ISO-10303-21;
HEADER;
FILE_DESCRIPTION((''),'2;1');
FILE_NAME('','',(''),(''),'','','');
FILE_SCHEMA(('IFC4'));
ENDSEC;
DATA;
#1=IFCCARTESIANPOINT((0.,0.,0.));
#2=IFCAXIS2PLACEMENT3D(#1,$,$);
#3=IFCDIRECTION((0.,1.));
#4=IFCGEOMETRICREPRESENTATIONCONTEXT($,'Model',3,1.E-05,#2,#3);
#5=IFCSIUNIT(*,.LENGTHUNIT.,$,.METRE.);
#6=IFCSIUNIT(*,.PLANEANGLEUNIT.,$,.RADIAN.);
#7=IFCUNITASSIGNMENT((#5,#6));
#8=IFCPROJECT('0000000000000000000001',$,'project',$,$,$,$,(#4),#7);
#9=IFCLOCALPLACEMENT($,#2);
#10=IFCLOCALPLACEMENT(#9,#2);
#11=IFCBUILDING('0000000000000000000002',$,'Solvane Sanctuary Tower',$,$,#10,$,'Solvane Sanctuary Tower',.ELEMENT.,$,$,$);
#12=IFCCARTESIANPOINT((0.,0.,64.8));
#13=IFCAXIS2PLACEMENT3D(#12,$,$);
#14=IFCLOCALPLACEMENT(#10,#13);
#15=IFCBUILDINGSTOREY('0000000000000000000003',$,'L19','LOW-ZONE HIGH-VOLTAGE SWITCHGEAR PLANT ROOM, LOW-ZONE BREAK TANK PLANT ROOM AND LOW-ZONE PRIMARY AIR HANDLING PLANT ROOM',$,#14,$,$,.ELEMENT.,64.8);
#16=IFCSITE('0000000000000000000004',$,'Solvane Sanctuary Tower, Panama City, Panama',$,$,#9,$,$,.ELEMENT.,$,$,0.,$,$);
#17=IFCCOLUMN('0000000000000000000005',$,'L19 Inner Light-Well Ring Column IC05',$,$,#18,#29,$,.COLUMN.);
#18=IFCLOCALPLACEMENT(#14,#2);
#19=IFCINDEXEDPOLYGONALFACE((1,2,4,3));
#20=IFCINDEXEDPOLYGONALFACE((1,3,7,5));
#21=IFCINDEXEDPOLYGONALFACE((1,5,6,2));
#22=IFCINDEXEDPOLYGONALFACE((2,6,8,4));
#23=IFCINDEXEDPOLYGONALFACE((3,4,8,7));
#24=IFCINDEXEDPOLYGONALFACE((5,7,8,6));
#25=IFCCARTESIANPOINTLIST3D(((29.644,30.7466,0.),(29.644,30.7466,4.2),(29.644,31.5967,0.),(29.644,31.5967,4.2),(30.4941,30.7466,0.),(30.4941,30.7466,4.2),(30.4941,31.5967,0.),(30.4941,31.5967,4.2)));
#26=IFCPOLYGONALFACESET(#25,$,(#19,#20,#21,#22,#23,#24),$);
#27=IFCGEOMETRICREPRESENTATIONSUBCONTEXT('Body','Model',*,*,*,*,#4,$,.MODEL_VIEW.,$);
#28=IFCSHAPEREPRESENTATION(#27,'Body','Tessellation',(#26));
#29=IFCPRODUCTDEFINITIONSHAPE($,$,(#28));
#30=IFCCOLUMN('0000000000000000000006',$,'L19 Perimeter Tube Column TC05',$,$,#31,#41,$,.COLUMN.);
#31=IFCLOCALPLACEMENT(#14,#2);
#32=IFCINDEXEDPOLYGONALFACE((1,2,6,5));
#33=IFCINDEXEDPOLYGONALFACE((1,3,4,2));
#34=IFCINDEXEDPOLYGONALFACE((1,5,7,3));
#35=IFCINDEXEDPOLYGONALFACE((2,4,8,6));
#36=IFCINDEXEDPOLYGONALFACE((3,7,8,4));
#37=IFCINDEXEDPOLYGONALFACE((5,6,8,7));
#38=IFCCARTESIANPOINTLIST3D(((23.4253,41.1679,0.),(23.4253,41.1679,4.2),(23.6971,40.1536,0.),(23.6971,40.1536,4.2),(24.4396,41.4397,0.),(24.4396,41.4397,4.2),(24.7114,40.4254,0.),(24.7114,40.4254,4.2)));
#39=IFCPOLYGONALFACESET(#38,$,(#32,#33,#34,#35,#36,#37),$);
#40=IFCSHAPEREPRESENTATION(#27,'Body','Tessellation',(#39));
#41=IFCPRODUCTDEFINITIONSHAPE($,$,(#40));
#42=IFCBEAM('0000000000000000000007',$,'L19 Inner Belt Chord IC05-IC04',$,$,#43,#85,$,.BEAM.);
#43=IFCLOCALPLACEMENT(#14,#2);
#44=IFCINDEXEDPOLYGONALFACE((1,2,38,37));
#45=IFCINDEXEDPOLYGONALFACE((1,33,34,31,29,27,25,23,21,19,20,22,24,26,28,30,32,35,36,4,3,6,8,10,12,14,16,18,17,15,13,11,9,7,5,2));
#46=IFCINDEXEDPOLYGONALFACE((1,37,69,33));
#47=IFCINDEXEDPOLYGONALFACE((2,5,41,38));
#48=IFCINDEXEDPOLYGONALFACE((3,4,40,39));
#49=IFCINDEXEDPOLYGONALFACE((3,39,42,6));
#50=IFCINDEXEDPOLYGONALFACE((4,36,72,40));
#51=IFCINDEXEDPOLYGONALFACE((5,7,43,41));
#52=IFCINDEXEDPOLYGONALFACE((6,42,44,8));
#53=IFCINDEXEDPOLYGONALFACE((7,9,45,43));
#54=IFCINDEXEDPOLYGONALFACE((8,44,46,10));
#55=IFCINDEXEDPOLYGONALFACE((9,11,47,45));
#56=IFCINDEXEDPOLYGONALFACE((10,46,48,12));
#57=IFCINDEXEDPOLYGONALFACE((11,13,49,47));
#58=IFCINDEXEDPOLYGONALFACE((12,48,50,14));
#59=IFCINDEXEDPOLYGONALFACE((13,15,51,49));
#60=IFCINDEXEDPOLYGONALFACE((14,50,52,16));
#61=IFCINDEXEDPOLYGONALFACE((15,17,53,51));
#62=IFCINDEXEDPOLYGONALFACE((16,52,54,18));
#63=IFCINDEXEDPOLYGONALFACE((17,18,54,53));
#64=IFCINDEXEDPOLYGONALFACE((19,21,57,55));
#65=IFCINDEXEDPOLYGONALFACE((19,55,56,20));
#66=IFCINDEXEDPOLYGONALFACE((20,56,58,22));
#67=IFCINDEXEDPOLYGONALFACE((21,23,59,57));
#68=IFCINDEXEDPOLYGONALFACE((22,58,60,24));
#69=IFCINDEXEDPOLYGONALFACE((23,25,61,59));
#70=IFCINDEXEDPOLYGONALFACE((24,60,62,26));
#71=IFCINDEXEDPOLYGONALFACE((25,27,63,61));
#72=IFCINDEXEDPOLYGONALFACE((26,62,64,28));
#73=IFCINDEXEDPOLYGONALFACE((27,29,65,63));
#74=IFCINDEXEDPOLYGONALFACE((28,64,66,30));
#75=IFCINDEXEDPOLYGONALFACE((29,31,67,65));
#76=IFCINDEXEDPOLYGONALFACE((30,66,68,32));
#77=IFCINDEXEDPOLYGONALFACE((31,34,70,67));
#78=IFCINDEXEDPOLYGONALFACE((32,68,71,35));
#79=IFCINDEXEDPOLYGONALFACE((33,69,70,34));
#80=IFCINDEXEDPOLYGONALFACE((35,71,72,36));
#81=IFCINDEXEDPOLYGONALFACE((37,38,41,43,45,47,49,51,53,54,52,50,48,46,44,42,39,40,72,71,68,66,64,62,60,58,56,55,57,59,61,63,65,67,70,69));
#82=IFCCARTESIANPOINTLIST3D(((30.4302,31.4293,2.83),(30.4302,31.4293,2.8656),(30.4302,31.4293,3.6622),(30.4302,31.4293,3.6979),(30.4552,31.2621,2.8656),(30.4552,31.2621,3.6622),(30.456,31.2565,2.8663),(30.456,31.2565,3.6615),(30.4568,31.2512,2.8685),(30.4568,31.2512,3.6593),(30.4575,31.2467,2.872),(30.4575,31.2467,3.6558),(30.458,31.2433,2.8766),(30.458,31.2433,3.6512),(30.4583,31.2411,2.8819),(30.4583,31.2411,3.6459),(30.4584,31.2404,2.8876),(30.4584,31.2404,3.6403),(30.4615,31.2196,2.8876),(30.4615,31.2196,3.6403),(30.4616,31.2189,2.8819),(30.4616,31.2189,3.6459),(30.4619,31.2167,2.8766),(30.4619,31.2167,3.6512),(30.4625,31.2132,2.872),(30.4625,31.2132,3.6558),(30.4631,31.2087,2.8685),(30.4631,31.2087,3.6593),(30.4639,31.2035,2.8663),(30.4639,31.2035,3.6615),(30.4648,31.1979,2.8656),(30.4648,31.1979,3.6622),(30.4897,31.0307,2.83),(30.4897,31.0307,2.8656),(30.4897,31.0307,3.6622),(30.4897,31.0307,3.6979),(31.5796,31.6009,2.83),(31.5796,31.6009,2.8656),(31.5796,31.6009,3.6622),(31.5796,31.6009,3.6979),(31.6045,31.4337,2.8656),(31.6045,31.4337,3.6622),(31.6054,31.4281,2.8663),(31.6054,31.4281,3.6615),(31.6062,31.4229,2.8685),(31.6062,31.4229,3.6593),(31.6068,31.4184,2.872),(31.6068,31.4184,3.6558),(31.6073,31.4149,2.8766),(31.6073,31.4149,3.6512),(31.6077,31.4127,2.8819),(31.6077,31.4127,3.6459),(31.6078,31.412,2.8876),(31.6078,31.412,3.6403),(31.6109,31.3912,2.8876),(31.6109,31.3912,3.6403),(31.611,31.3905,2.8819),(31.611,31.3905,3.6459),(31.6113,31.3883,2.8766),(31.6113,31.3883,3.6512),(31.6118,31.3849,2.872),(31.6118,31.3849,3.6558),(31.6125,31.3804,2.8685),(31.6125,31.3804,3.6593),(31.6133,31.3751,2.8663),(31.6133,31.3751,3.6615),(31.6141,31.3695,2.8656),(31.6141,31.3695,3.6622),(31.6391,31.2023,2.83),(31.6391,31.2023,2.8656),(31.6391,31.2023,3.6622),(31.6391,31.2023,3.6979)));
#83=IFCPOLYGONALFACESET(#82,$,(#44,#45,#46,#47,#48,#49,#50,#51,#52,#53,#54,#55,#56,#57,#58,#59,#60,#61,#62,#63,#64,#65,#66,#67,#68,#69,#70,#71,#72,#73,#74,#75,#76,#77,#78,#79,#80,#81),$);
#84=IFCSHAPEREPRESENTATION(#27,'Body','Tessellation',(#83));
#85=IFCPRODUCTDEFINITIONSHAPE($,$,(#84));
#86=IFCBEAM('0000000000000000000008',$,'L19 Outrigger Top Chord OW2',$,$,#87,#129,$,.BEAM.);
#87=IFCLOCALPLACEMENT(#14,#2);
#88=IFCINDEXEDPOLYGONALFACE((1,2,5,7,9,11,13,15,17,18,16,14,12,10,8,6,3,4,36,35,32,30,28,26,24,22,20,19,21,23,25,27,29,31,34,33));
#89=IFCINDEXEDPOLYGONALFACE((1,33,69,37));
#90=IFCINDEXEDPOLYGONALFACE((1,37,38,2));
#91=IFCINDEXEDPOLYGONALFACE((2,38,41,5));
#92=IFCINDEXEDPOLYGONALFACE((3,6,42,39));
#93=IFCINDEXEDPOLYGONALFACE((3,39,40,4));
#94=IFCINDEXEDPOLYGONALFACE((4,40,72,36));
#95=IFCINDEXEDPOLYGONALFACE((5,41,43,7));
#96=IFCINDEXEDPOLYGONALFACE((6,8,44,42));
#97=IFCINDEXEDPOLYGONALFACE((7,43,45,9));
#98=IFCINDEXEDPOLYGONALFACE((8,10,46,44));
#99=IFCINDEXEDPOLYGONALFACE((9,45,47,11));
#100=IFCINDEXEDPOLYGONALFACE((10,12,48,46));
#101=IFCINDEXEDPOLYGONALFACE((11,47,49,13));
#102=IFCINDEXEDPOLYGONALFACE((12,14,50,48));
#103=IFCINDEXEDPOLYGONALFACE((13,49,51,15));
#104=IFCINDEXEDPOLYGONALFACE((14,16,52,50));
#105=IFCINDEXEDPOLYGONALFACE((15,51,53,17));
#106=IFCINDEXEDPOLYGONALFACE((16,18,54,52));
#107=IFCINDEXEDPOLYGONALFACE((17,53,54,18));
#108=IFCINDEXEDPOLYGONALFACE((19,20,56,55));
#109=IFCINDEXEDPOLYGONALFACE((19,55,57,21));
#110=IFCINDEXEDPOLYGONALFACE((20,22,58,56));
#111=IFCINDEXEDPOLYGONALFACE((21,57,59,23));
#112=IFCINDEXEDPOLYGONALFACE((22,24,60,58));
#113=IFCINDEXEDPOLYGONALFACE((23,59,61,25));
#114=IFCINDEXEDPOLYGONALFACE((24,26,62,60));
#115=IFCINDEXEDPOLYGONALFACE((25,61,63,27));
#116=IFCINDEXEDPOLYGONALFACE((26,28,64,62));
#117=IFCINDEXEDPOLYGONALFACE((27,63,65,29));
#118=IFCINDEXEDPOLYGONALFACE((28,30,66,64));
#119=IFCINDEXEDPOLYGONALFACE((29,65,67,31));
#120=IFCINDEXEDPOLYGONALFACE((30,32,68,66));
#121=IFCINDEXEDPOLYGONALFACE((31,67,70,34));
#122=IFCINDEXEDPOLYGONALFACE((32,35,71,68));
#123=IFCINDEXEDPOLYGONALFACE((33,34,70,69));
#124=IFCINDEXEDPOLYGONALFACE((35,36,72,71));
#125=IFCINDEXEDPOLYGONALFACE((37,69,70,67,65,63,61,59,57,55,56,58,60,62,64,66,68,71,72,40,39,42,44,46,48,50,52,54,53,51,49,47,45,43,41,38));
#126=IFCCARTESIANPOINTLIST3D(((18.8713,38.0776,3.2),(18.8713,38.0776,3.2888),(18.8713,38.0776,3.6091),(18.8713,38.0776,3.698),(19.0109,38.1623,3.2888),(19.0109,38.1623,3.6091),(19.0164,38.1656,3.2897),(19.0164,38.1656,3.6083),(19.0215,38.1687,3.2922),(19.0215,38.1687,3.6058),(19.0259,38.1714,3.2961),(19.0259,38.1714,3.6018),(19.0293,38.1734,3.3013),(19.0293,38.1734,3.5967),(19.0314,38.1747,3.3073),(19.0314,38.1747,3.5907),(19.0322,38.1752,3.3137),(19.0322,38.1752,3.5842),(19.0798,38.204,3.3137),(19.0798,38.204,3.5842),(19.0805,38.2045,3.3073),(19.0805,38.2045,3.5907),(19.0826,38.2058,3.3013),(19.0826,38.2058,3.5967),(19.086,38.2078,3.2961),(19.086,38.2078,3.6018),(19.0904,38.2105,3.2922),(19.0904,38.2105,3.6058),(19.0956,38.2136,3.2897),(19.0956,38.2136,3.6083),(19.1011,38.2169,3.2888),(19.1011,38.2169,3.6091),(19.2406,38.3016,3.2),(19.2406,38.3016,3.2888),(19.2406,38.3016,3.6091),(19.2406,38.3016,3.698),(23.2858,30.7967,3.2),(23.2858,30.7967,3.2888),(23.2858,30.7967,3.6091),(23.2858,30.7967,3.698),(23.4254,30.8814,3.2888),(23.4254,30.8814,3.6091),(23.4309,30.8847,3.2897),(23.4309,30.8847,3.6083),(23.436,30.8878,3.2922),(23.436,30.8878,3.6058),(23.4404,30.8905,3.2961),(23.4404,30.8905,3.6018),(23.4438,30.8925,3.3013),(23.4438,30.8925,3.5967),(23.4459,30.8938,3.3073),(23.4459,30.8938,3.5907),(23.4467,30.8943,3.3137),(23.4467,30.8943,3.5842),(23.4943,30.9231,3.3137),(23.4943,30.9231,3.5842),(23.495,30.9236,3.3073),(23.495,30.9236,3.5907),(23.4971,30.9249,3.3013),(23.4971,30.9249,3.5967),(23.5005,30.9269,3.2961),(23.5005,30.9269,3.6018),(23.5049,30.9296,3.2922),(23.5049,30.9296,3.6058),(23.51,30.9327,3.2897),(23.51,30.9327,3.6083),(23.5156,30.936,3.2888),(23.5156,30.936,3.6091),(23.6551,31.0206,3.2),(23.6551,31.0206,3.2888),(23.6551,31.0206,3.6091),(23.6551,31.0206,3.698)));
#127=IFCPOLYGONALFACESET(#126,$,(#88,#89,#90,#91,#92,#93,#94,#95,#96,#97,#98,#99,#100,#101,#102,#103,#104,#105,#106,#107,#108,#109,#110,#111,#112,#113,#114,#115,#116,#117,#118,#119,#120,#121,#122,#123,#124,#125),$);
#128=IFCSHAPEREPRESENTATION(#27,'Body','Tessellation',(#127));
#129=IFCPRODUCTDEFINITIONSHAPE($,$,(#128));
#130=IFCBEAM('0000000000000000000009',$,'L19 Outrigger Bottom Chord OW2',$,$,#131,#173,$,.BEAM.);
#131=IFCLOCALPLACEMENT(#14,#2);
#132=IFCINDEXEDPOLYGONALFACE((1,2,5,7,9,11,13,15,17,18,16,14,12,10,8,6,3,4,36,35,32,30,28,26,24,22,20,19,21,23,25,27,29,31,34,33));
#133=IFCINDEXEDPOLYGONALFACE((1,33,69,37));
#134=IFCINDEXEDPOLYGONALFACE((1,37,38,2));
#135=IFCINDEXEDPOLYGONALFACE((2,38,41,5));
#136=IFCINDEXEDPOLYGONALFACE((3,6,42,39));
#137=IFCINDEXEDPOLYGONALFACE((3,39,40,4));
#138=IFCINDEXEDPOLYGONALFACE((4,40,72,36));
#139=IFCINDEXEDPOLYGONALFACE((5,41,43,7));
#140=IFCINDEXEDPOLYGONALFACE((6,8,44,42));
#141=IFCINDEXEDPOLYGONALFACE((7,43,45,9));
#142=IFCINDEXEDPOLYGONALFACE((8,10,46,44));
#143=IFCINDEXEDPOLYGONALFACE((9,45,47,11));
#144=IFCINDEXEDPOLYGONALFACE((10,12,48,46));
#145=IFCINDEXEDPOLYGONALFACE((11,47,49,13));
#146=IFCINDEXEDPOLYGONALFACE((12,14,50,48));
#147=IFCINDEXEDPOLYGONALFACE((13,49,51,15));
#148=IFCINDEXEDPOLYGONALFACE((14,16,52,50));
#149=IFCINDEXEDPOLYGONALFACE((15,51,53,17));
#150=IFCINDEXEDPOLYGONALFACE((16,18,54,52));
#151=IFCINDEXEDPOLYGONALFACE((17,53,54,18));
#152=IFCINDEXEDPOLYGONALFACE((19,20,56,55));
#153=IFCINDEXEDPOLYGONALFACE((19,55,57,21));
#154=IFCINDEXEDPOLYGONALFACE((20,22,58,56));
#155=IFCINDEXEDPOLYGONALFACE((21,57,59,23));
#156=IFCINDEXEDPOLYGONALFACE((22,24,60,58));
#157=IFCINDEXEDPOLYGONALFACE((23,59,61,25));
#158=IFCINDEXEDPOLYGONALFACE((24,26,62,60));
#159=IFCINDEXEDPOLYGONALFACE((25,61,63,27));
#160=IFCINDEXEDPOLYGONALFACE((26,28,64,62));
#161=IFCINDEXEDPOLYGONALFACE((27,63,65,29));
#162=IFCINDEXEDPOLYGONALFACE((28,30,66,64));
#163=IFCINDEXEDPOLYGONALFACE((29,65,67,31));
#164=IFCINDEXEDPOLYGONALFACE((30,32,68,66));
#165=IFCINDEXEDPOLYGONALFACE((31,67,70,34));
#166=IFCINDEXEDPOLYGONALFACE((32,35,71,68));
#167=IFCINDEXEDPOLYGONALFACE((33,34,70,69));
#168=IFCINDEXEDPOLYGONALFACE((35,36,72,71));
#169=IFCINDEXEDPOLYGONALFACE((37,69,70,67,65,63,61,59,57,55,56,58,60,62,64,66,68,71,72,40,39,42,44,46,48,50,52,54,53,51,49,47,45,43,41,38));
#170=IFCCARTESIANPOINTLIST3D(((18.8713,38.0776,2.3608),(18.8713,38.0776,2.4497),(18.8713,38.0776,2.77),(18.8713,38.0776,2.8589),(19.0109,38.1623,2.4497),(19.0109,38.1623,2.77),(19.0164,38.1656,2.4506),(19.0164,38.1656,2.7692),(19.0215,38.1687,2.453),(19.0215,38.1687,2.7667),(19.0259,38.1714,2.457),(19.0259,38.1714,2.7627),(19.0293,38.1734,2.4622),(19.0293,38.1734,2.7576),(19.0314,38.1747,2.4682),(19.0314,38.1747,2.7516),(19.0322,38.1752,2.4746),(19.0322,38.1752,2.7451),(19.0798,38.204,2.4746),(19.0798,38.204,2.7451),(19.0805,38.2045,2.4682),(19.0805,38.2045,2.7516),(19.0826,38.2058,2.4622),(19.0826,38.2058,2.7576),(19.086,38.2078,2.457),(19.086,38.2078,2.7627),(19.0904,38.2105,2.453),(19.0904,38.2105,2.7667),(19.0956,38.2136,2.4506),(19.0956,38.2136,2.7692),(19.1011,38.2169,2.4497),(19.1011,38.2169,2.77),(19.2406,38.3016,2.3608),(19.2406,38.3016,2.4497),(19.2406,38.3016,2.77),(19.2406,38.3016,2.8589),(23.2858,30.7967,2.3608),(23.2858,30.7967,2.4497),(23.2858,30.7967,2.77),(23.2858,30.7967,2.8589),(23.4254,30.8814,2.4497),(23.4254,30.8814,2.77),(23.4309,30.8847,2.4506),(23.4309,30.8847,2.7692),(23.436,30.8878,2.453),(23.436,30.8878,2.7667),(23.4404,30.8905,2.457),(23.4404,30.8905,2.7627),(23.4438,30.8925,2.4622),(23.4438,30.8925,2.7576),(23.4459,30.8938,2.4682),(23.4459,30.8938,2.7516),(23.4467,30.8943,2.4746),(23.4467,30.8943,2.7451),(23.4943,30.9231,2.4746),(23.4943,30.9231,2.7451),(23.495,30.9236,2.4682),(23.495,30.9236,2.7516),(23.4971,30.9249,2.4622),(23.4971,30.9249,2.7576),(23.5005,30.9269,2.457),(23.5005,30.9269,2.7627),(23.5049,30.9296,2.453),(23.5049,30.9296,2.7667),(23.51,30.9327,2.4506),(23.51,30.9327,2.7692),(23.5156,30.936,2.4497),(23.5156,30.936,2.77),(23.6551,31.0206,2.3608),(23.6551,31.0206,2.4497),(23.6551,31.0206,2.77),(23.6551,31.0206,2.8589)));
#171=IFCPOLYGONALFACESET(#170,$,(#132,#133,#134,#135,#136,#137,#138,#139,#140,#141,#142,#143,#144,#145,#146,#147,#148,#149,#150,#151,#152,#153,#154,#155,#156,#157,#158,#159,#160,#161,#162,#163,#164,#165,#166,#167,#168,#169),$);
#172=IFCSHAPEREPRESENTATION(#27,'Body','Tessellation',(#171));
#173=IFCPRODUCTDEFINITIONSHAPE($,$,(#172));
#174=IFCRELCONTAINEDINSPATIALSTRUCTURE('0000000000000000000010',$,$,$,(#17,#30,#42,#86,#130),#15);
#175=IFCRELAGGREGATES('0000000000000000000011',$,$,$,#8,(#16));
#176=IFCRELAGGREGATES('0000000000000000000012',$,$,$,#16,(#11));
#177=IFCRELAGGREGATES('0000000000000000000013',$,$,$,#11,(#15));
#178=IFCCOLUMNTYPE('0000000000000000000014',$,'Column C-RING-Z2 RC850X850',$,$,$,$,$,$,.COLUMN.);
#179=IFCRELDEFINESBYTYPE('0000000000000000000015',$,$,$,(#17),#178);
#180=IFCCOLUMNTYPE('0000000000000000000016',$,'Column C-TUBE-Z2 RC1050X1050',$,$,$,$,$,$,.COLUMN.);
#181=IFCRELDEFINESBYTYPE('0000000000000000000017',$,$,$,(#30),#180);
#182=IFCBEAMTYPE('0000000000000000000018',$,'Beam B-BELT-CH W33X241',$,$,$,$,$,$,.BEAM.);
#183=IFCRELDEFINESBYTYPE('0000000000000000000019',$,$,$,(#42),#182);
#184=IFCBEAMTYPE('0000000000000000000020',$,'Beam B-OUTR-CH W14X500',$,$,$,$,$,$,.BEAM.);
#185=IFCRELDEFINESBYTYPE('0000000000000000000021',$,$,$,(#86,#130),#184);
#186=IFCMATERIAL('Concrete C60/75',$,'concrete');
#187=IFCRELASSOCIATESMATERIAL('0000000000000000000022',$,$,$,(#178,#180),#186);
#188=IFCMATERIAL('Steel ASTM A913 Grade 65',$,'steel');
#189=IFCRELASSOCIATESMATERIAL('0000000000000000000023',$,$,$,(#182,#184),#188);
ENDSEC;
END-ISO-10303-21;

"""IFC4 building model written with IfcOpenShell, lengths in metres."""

from ifc_helpers import new_model, si_unit, direction, frame, origin, origin_2d, place, context, subcontext, project, spatial, rectangle, i_section, extrude, material, material_profile, profile_set, type_object, element, save


model = new_model("IFC4")

# Units and contexts
model_context = context("Model", 3, precision=1e-05, world=origin(), true_north=direction((0.0, 1.0)))
body_context = subcontext(model_context, "Body", "Model", "MODEL_VIEW")
ifc_project = project(units=[si_unit("LENGTHUNIT", "METRE"), si_unit("PLANEANGLEUNIT", "RADIAN")], contexts=[model_context])

# Site, building, storey
site_placement = place(None, origin())
site = spatial("IfcSite", under=ifc_project, at=site_placement, Name="Solvane Sanctuary Tower, Panama City, Panama", CompositionType="ELEMENT", RefElevation=0.0)
building_placement = place(site_placement, origin())
building = spatial("IfcBuilding", under=site, at=building_placement, Name="Solvane Sanctuary Tower", LongName="Solvane Sanctuary Tower", CompositionType="ELEMENT")
storey_placement = place(building_placement, frame((0.0, 0.0, 64.8)))
storey = spatial("IfcBuildingStorey", under=building, at=storey_placement, Name="L19", Description="LOW-ZONE HIGH-VOLTAGE SWITCHGEAR PLANT ROOM, LOW-ZONE BREAK TANK PLANT ROOM AND LOW-ZONE PRIMARY AIR HANDLING PLANT ROOM", CompositionType="ELEMENT", Elevation=64.8)

# Columns
ifc_material_1 = material(Name="Concrete C60/75", Category="concrete")
ifc_material_profile_1 = material_profile(ifc_material_1, rectangle(XDim=0.8501, YDim=0.8501, at=origin_2d()), Name="RC850X850")
ifc_profile_set_1 = profile_set([ifc_material_profile_1], Name="Concrete C60/75")
column_type_1 = type_object("IfcColumnType", Name="Column C-RING-Z2 RC850X850", PredefinedType="COLUMN", material=ifc_profile_set_1)
column_1_placement = place(storey_placement, frame((30.0691, 31.1716, 0.0), z_axis=(0.0, 0.0, 1.0), x_axis=(1.0, 0.0, 0.0)))
element("IfcColumn", 1, at=column_1_placement, inside=storey, type_object=column_type_1, Name="L19 Inner Light-Well Ring Column IC05", PredefinedType="COLUMN", context=body_context, shape_type="SweptSolid", body=[
    extrude(rectangle(XDim=0.8501, YDim=0.8501, at=origin_2d()), origin(), (0.0, 0.0, 1.0), 4.2),
])
ifc_material_profile_2 = material_profile(ifc_material_1, rectangle(XDim=1.05, YDim=1.05, at=origin_2d()), Name="RC1050X1050")
ifc_profile_set_2 = profile_set([ifc_material_profile_2], Name="Concrete C60/75")
column_type_2 = type_object("IfcColumnType", Name="Column C-TUBE-Z2 RC1050X1050", PredefinedType="COLUMN", material=ifc_profile_set_2)
column_2_placement = place(storey_placement, frame((24.0684, 40.7966, 0.0), z_axis=(0.0, 0.0, 1.0), x_axis=(-0.258819, 0.965926, 0.0)))
element("IfcColumn", 2, at=column_2_placement, inside=storey, type_object=column_type_2, Name="L19 Perimeter Tube Column TC05", PredefinedType="COLUMN", context=body_context, shape_type="SweptSolid", body=[
    extrude(rectangle(XDim=1.05, YDim=1.05, at=origin_2d()), origin(), (0.0, 0.0, 1.0), 4.2),
])

# Beams
ifc_material_2 = material(Name="Steel ASTM A913 Grade 65", Category="steel")
ifc_material_profile_3 = material_profile(ifc_material_2, i_section(OverallWidth=0.4031, OverallDepth=0.8679, WebThickness=0.021, FlangeThickness=0.0356, FilletRadius=0.022, at=origin_2d()), Name="W33X241")
ifc_profile_set_3 = profile_set([ifc_material_profile_3], Name="Steel ASTM A913 Grade 65")
beam_type_1 = type_object("IfcBeamType", Name="Beam B-BELT-CH W33X241", PredefinedType="BEAM", material=ifc_profile_set_3)
beam_1_placement = place(storey_placement, frame((30.46, 31.23, 3.2639), z_axis=(0.989035, 0.147683, 0.0), x_axis=(-0.147683, 0.989035, 0.0)))
element("IfcBeam", 3, at=beam_1_placement, inside=storey, type_object=beam_type_1, Name="L19 Inner Belt Chord IC05-IC04", PredefinedType="BEAM", context=body_context, shape_type="SweptSolid", body=[
    extrude(i_section(OverallWidth=0.4031, OverallDepth=0.8679, WebThickness=0.021, FlangeThickness=0.0356, FilletRadius=0.022, at=origin_2d()), origin(), (0.0, 0.0, 1.0), 1.1621),
])
ifc_material_profile_4 = material_profile(ifc_material_2, i_section(OverallWidth=0.4319, OverallDepth=0.498, WebThickness=0.0557, FlangeThickness=0.0889, FilletRadius=0.0249, at=origin_2d()), Name="W14X500")
ifc_profile_set_4 = profile_set([ifc_material_profile_4], Name="Steel ASTM A913 Grade 65")
beam_type_2 = type_object("IfcBeamType", Name="Beam B-OUTR-CH W14X500", PredefinedType="BEAM", material=ifc_profile_set_4)
for number, where, z_axis, x_axis, name in (
    (4, (23.4705, 30.9087, 3.449), (-0.518458, 0.855103, 0.0), (-0.855103, -0.518458, 0.0), "L19 Outrigger Top Chord OW2"),
    (5, (23.4705, 30.9087, 2.6099), (-0.518458, 0.855103, 0.0), (-0.855103, -0.518458, 0.0), "L19 Outrigger Bottom Chord OW2"),
):
    element("IfcBeam", number, at=place(storey_placement, frame(where, z_axis=z_axis, x_axis=x_axis)), inside=storey, type_object=beam_type_2, Name=name, PredefinedType="BEAM", context=body_context, shape_type="SweptSolid", body=[
        extrude(i_section(OverallWidth=0.4319, OverallDepth=0.498, WebThickness=0.0557, FlangeThickness=0.0889, FilletRadius=0.0249, at=origin_2d()), origin(), (0.0, 0.0, 1.0), 8.5146),
    ])

save(model, "model.ifc")
